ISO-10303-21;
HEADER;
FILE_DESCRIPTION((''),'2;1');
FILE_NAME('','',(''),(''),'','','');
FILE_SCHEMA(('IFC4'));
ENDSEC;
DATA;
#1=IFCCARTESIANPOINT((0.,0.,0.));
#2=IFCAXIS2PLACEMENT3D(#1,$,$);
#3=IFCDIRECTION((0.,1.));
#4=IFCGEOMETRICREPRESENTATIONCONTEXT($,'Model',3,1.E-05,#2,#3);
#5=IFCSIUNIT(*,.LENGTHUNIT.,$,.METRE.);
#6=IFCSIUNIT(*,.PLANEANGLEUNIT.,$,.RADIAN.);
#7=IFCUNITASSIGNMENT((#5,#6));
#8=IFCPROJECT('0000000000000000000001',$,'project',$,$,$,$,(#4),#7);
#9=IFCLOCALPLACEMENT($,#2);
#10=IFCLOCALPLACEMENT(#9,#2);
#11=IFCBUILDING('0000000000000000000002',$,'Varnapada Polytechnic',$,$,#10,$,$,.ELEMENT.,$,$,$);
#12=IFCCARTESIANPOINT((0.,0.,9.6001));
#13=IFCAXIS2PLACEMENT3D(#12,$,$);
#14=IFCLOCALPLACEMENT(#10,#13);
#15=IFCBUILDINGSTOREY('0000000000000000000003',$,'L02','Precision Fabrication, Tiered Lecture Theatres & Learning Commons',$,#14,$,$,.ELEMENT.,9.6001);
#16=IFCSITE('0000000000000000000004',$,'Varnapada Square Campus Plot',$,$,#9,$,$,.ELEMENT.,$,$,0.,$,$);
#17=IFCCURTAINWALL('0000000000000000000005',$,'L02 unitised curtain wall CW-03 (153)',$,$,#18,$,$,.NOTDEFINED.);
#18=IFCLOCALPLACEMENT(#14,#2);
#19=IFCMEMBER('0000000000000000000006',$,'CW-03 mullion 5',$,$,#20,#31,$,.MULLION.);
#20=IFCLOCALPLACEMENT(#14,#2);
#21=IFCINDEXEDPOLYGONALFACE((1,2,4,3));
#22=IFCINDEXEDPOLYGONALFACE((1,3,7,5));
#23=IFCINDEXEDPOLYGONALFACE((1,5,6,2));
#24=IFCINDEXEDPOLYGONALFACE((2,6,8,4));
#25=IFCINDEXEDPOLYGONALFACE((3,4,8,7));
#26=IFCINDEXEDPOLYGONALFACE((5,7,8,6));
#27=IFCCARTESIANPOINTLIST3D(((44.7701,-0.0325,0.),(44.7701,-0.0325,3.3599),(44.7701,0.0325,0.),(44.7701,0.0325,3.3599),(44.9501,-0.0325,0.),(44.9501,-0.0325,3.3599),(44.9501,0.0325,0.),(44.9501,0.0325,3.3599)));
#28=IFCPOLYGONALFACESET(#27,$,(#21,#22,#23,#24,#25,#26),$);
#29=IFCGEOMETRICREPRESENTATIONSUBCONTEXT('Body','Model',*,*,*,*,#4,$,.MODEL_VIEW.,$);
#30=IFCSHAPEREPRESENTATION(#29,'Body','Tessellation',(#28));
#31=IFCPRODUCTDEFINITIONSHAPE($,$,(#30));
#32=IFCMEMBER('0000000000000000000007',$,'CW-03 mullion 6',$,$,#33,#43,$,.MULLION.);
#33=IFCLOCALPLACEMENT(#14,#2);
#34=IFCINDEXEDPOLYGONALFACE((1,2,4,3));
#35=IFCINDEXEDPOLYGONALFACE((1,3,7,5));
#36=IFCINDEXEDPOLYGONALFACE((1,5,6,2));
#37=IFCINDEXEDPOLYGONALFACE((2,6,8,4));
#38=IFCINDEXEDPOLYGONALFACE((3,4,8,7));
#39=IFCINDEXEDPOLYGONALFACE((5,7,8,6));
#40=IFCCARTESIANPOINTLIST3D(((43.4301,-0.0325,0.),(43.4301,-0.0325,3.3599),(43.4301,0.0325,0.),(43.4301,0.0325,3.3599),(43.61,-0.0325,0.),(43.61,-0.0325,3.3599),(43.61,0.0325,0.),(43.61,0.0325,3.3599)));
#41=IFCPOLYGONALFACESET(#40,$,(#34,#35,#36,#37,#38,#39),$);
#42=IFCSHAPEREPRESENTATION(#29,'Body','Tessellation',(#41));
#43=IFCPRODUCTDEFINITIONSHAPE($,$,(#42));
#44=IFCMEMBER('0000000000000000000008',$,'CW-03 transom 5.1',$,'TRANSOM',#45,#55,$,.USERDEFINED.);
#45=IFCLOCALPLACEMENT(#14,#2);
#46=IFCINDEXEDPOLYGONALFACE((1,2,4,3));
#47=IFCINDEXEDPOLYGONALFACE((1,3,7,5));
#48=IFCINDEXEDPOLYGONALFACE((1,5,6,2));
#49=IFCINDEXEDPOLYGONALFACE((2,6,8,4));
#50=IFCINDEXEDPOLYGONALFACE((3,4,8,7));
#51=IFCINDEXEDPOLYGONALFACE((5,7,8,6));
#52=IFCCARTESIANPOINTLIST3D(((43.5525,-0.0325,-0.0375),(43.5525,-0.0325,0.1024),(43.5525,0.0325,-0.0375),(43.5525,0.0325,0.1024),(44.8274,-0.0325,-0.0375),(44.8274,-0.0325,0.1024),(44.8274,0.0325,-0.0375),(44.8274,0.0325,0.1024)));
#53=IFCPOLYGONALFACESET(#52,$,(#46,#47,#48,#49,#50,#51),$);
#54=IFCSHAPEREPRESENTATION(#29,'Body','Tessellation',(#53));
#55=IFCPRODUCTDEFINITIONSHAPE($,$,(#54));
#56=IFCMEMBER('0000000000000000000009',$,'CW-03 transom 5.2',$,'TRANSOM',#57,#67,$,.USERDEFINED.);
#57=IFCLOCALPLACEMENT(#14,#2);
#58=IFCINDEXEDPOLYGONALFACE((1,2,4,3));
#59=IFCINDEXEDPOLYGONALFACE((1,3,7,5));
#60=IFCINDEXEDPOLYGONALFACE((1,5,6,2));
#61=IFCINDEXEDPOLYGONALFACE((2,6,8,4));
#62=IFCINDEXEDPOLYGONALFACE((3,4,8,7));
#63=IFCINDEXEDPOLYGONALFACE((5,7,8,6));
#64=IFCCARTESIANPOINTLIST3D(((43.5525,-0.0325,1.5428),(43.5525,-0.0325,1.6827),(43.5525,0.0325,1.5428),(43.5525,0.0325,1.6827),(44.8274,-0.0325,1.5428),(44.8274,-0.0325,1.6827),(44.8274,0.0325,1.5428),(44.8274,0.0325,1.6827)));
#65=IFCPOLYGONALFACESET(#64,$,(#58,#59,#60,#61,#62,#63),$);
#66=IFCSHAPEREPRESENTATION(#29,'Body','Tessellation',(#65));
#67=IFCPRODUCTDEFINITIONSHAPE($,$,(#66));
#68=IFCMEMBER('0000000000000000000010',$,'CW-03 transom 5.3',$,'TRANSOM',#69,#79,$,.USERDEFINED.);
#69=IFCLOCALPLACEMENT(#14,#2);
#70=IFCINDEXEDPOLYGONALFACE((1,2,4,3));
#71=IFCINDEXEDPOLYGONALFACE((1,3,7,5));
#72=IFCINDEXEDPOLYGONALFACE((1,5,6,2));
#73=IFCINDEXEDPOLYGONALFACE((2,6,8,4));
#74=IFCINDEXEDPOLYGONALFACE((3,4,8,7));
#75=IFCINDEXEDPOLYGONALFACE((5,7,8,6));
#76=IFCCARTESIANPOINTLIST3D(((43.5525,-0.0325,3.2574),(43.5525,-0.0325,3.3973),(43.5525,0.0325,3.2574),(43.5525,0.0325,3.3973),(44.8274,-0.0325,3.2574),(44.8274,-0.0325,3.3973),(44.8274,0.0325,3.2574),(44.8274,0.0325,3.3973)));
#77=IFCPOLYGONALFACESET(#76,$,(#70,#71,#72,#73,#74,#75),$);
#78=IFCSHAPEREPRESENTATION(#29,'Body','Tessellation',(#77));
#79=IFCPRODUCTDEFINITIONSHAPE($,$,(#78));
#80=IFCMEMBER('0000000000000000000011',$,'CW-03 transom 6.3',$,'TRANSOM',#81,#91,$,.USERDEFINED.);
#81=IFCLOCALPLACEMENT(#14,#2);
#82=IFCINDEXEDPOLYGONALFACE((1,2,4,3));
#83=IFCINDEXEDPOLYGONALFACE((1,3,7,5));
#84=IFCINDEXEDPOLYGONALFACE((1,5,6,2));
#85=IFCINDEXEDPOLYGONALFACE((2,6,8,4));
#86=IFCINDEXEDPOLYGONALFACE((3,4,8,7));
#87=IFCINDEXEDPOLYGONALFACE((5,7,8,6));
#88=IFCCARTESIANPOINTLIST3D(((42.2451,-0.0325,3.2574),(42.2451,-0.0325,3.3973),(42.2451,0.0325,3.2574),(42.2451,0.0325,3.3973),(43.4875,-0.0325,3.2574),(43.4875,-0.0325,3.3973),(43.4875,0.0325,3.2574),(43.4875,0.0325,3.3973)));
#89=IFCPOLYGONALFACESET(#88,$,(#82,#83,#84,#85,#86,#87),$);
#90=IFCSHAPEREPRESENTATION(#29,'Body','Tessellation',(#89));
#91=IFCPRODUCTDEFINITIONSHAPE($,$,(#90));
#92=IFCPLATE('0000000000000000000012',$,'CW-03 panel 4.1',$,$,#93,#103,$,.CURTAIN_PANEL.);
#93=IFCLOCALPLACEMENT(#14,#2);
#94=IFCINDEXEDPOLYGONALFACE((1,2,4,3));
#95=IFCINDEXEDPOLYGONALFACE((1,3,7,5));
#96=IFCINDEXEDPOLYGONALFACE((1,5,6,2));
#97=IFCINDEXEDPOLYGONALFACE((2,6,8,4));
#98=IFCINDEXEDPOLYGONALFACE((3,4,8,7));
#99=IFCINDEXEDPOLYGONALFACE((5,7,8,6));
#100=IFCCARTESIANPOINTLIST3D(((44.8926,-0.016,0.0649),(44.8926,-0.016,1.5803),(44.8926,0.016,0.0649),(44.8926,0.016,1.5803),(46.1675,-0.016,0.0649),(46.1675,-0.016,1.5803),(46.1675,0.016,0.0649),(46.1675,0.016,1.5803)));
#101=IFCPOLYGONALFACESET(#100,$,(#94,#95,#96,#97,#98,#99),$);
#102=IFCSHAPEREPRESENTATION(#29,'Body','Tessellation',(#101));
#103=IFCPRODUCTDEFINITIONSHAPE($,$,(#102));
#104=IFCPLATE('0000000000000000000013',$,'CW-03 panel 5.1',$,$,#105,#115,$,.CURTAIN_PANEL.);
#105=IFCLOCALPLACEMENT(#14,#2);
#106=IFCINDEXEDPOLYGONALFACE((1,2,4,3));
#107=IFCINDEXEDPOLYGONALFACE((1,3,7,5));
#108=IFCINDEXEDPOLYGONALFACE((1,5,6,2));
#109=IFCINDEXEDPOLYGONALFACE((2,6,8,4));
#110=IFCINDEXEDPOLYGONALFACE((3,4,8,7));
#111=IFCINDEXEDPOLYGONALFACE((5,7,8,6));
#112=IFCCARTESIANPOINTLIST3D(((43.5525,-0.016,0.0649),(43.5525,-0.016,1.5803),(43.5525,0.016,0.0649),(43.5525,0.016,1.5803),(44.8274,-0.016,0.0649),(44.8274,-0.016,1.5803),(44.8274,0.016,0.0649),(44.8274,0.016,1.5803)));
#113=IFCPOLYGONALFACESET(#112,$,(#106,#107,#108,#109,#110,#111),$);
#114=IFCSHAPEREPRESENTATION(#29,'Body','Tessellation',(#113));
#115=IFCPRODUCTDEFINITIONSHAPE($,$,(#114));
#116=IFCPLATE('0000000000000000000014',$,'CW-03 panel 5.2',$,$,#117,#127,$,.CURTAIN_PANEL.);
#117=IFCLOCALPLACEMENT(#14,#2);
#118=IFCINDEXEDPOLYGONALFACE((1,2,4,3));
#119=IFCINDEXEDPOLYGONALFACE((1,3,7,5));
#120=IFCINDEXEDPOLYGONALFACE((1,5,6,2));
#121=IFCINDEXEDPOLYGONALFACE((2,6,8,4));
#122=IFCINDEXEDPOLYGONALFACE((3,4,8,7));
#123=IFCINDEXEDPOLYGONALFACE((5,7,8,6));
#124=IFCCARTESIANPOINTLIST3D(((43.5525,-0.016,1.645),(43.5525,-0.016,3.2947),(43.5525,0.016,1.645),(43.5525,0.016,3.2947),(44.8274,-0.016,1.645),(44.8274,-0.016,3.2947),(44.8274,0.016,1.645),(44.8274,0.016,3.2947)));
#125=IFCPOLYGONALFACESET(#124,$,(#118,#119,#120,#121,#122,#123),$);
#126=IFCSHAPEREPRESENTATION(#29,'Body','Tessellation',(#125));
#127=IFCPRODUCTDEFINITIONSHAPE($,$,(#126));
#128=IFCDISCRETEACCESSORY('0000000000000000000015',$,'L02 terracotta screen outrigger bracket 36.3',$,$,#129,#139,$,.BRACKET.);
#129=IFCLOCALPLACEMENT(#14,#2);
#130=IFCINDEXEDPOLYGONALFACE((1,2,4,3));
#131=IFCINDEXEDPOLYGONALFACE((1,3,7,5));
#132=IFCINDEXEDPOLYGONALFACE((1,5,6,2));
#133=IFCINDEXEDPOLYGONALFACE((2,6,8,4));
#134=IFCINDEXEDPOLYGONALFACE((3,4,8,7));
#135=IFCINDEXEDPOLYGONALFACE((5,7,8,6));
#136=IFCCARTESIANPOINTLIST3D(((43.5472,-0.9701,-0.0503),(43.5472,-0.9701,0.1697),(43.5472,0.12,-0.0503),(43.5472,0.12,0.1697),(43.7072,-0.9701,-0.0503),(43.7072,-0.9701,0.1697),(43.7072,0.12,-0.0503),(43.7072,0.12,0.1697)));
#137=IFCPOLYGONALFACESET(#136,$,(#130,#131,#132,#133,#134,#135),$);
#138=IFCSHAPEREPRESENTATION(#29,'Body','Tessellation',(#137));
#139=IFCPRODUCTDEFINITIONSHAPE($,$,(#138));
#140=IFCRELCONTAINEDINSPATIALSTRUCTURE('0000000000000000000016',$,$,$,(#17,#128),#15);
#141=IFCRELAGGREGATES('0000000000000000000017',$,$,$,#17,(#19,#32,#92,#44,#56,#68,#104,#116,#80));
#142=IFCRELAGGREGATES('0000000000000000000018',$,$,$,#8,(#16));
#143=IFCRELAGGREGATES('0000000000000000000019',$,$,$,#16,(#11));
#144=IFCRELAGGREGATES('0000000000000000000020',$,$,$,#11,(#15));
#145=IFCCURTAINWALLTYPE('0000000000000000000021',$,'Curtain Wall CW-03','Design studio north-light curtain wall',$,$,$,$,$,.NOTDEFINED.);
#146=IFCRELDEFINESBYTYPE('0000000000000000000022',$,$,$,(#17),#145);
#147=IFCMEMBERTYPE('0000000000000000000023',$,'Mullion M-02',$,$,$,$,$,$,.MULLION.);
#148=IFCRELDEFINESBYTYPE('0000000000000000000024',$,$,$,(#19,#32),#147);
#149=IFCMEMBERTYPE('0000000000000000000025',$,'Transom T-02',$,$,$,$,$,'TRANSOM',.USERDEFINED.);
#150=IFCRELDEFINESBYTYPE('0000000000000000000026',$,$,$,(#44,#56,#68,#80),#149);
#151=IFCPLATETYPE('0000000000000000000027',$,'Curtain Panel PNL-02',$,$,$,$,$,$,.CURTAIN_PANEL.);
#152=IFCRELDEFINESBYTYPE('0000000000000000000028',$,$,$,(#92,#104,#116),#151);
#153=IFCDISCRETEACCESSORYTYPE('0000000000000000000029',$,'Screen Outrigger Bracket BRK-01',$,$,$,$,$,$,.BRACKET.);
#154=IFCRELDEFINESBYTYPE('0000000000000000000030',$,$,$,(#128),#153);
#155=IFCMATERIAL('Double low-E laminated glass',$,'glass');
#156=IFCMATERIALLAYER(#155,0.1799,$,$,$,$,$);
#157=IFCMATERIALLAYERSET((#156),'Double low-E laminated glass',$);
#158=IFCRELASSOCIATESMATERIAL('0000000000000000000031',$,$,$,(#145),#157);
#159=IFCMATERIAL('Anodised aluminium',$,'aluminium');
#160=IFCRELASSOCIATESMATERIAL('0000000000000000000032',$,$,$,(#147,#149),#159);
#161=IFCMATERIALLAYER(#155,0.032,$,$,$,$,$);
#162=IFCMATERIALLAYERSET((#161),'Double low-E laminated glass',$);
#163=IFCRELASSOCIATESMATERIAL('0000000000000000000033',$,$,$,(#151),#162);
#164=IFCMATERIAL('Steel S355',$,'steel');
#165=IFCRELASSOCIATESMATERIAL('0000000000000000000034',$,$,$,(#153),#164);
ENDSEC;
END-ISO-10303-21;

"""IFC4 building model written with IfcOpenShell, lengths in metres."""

from ifc_helpers import new_model, si_unit, direction, frame, origin, origin_2d, place, context, subcontext, project, spatial, rectangle, extrude, material, layer, layer_set, material_profile, profile_set, type_object, element, aggregate, save


model = new_model("IFC4")

# Units and contexts
model_context = context("Model", 3, precision=1e-05, world=origin(), true_north=direction((0.0, 1.0)))
body_context = subcontext(model_context, "Body", "Model", "MODEL_VIEW")
ifc_project = project(units=[si_unit("LENGTHUNIT", "METRE"), si_unit("PLANEANGLEUNIT", "RADIAN")], contexts=[model_context])

# Site, building, storey
site_placement = place(None, origin())
site = spatial("IfcSite", under=ifc_project, at=site_placement, Name="Varnapada Square Campus Plot", CompositionType="ELEMENT", RefElevation=0.0)
building_placement = place(site_placement, origin())
building = spatial("IfcBuilding", under=site, at=building_placement, Name="Varnapada Polytechnic", CompositionType="ELEMENT")
storey_placement = place(building_placement, frame((0.0, 0.0, 9.6001)))
storey = spatial("IfcBuildingStorey", under=building, at=storey_placement, Name="L02", Description="Precision Fabrication, Tiered Lecture Theatres & Learning Commons", CompositionType="ELEMENT", Elevation=9.6001)

# Curtain wall, members, plates
ifc_material_1 = material(Name="Double low-E laminated glass", Category="glass")
ifc_layer_1 = layer(ifc_material_1, 0.1799)
ifc_layer_set_1 = layer_set([ifc_layer_1], Name="Double low-E laminated glass")
curtain_wall_type = type_object("IfcCurtainWallType", Name="Curtain Wall CW-03", Description="Design studio north-light curtain wall", PredefinedType="NOTDEFINED", material=ifc_layer_set_1)
curtain_wall_placement = place(storey_placement, origin())
curtain_wall = element("IfcCurtainWall", 1, at=curtain_wall_placement, inside=storey, type_object=curtain_wall_type, Name="L02 unitised curtain wall CW-03 (153)", PredefinedType="NOTDEFINED")
ifc_material_2 = material(Name="Anodised aluminium", Category="aluminium")
ifc_material_profile_1 = material_profile(ifc_material_2, rectangle(XDim=0.0649, YDim=0.1799, at=origin_2d()), Name="ALU M65x180")
ifc_profile_set_1 = profile_set([ifc_material_profile_1], Name="Anodised aluminium")
member_type_1 = type_object("IfcMemberType", Name="Mullion M-02", PredefinedType="MULLION", material=ifc_profile_set_1)
member_1_placement = place(storey_placement, frame((44.8601, 0.0, 0.0), z_axis=(0.0, 0.0, 1.0), x_axis=(0.0, -1.0, 0.0)))
member_1 = element("IfcMember", 2, at=member_1_placement, type_object=member_type_1, Name="CW-03 mullion 5", PredefinedType="MULLION", context=body_context, shape_type="SweptSolid", body=[
    extrude(rectangle(XDim=0.0649, YDim=0.1799, at=origin_2d()), origin(), (0.0, 0.0, 1.0), 3.3599),
])
member_2_placement = place(storey_placement, frame((43.52, 0.0, 0.0), z_axis=(0.0, 0.0, 1.0), x_axis=(0.0, -1.0, 0.0)))
member_2 = element("IfcMember", 3, at=member_2_placement, type_object=member_type_1, Name="CW-03 mullion 6", PredefinedType="MULLION", context=body_context, shape_type="SweptSolid", body=[
    extrude(rectangle(XDim=0.0649, YDim=0.1799, at=origin_2d()), origin(), (0.0, 0.0, 1.0), 3.3599),
])
ifc_material_profile_2 = material_profile(ifc_material_2, rectangle(XDim=0.0649, YDim=0.1399, at=origin_2d()), Name="ALU T65x140")
ifc_profile_set_2 = profile_set([ifc_material_profile_2], Name="Anodised aluminium")
member_type_2 = type_object("IfcMemberType", Name="Transom T-02", ElementType="TRANSOM", PredefinedType="USERDEFINED", material=ifc_profile_set_2)
member_3_placement = place(storey_placement, frame((44.8274, 0.0, 0.0325), z_axis=(-1.0, 0.0, 0.0), x_axis=(0.0, -1.0, 0.0)))
member_3 = element("IfcMember", 4, at=member_3_placement, type_object=member_type_2, Name="CW-03 transom 5.1", ObjectType="TRANSOM", PredefinedType="USERDEFINED", context=body_context, shape_type="SweptSolid", body=[
    extrude(rectangle(XDim=0.0649, YDim=0.1399, at=origin_2d()), origin(), (0.0, 0.0, 1.0), 1.2749),
])
member_4_placement = place(storey_placement, frame((44.8274, 0.0, 1.6128), z_axis=(-1.0, 0.0, 0.0), x_axis=(0.0, -1.0, 0.0)))
member_4 = element("IfcMember", 5, at=member_4_placement, type_object=member_type_2, Name="CW-03 transom 5.2", ObjectType="TRANSOM", PredefinedType="USERDEFINED", context=body_context, shape_type="SweptSolid", body=[
    extrude(rectangle(XDim=0.0649, YDim=0.1399, at=origin_2d()), origin(), (0.0, 0.0, 1.0), 1.2749),
])
member_5_placement = place(storey_placement, frame((44.8274, 0.0, 3.3274), z_axis=(-1.0, 0.0, 0.0), x_axis=(0.0, -1.0, 0.0)))
member_5 = element("IfcMember", 6, at=member_5_placement, type_object=member_type_2, Name="CW-03 transom 5.3", ObjectType="TRANSOM", PredefinedType="USERDEFINED", context=body_context, shape_type="SweptSolid", body=[
    extrude(rectangle(XDim=0.0649, YDim=0.1399, at=origin_2d()), origin(), (0.0, 0.0, 1.0), 1.2749),
])
member_6_placement = place(storey_placement, frame((43.4875, 0.0, 3.3274), z_axis=(-1.0, 0.0, 0.0), x_axis=(0.0, -1.0, 0.0)))
member_6 = element("IfcMember", 7, at=member_6_placement, type_object=member_type_2, Name="CW-03 transom 6.3", ObjectType="TRANSOM", PredefinedType="USERDEFINED", context=body_context, shape_type="SweptSolid", body=[
    extrude(rectangle(XDim=0.0649, YDim=0.1399, at=origin_2d()), origin(), (0.0, 0.0, 1.0), 1.2424),
])
ifc_layer_2 = layer(ifc_material_1, 0.032)
ifc_layer_set_2 = layer_set([ifc_layer_2], Name="Double low-E laminated glass")
plate_type = type_object("IfcPlateType", Name="Curtain Panel PNL-02", PredefinedType="CURTAIN_PANEL", material=ifc_layer_set_2)
plate_1_placement = place(storey_placement, frame((45.53, 0.0, 0.0649), z_axis=(0.0, 0.0, 1.0), x_axis=(-1.0, 0.0, 0.0)))
plate_1 = element("IfcPlate", 8, at=plate_1_placement, type_object=plate_type, Name="CW-03 panel 4.1", PredefinedType="CURTAIN_PANEL", context=body_context, shape_type="SweptSolid", body=[
    extrude(rectangle(XDim=1.2749, YDim=0.032, at=origin_2d()), origin(), (0.0, 0.0, 1.0), 1.5154),
])
plate_2_placement = place(storey_placement, frame((44.1899, 0.0, 0.0649), z_axis=(0.0, 0.0, 1.0), x_axis=(-1.0, 0.0, 0.0)))
plate_2 = element("IfcPlate", 9, at=plate_2_placement, type_object=plate_type, Name="CW-03 panel 5.1", PredefinedType="CURTAIN_PANEL", context=body_context, shape_type="SweptSolid", body=[
    extrude(rectangle(XDim=1.2749, YDim=0.032, at=origin_2d()), origin(), (0.0, 0.0, 1.0), 1.5154),
])
plate_3_placement = place(storey_placement, frame((44.1899, 0.0, 1.645), z_axis=(0.0, 0.0, 1.0), x_axis=(-1.0, 0.0, 0.0)))
plate_3 = element("IfcPlate", 10, at=plate_3_placement, type_object=plate_type, Name="CW-03 panel 5.2", PredefinedType="CURTAIN_PANEL", context=body_context, shape_type="SweptSolid", body=[
    extrude(rectangle(XDim=1.2749, YDim=0.032, at=origin_2d()), origin(), (0.0, 0.0, 1.0), 1.6497),
])
aggregate(curtain_wall, [member_1, member_2, plate_1, member_3, member_4, member_5, plate_2, plate_3, member_6])

# Discrete accessory
ifc_material_3 = material(Name="Steel S355", Category="steel")
discrete_accessory_type = type_object("IfcDiscreteAccessoryType", Name="Screen Outrigger Bracket BRK-01", PredefinedType="BRACKET", material=ifc_material_3)
discrete_accessory_placement = place(storey_placement, frame((43.6272, -0.425, -0.0503), z_axis=(0.0, 0.0, 1.0), x_axis=(-1.0, 0.0, 0.0)))
element("IfcDiscreteAccessory", 11, at=discrete_accessory_placement, inside=storey, type_object=discrete_accessory_type, Name="L02 terracotta screen outrigger bracket 36.3", PredefinedType="BRACKET", context=body_context, shape_type="SweptSolid", body=[
    extrude(rectangle(XDim=0.1599, YDim=1.0901, at=origin_2d()), origin(), (0.0, 0.0, 1.0), 0.22),
])

save(model, "model.ifc")
